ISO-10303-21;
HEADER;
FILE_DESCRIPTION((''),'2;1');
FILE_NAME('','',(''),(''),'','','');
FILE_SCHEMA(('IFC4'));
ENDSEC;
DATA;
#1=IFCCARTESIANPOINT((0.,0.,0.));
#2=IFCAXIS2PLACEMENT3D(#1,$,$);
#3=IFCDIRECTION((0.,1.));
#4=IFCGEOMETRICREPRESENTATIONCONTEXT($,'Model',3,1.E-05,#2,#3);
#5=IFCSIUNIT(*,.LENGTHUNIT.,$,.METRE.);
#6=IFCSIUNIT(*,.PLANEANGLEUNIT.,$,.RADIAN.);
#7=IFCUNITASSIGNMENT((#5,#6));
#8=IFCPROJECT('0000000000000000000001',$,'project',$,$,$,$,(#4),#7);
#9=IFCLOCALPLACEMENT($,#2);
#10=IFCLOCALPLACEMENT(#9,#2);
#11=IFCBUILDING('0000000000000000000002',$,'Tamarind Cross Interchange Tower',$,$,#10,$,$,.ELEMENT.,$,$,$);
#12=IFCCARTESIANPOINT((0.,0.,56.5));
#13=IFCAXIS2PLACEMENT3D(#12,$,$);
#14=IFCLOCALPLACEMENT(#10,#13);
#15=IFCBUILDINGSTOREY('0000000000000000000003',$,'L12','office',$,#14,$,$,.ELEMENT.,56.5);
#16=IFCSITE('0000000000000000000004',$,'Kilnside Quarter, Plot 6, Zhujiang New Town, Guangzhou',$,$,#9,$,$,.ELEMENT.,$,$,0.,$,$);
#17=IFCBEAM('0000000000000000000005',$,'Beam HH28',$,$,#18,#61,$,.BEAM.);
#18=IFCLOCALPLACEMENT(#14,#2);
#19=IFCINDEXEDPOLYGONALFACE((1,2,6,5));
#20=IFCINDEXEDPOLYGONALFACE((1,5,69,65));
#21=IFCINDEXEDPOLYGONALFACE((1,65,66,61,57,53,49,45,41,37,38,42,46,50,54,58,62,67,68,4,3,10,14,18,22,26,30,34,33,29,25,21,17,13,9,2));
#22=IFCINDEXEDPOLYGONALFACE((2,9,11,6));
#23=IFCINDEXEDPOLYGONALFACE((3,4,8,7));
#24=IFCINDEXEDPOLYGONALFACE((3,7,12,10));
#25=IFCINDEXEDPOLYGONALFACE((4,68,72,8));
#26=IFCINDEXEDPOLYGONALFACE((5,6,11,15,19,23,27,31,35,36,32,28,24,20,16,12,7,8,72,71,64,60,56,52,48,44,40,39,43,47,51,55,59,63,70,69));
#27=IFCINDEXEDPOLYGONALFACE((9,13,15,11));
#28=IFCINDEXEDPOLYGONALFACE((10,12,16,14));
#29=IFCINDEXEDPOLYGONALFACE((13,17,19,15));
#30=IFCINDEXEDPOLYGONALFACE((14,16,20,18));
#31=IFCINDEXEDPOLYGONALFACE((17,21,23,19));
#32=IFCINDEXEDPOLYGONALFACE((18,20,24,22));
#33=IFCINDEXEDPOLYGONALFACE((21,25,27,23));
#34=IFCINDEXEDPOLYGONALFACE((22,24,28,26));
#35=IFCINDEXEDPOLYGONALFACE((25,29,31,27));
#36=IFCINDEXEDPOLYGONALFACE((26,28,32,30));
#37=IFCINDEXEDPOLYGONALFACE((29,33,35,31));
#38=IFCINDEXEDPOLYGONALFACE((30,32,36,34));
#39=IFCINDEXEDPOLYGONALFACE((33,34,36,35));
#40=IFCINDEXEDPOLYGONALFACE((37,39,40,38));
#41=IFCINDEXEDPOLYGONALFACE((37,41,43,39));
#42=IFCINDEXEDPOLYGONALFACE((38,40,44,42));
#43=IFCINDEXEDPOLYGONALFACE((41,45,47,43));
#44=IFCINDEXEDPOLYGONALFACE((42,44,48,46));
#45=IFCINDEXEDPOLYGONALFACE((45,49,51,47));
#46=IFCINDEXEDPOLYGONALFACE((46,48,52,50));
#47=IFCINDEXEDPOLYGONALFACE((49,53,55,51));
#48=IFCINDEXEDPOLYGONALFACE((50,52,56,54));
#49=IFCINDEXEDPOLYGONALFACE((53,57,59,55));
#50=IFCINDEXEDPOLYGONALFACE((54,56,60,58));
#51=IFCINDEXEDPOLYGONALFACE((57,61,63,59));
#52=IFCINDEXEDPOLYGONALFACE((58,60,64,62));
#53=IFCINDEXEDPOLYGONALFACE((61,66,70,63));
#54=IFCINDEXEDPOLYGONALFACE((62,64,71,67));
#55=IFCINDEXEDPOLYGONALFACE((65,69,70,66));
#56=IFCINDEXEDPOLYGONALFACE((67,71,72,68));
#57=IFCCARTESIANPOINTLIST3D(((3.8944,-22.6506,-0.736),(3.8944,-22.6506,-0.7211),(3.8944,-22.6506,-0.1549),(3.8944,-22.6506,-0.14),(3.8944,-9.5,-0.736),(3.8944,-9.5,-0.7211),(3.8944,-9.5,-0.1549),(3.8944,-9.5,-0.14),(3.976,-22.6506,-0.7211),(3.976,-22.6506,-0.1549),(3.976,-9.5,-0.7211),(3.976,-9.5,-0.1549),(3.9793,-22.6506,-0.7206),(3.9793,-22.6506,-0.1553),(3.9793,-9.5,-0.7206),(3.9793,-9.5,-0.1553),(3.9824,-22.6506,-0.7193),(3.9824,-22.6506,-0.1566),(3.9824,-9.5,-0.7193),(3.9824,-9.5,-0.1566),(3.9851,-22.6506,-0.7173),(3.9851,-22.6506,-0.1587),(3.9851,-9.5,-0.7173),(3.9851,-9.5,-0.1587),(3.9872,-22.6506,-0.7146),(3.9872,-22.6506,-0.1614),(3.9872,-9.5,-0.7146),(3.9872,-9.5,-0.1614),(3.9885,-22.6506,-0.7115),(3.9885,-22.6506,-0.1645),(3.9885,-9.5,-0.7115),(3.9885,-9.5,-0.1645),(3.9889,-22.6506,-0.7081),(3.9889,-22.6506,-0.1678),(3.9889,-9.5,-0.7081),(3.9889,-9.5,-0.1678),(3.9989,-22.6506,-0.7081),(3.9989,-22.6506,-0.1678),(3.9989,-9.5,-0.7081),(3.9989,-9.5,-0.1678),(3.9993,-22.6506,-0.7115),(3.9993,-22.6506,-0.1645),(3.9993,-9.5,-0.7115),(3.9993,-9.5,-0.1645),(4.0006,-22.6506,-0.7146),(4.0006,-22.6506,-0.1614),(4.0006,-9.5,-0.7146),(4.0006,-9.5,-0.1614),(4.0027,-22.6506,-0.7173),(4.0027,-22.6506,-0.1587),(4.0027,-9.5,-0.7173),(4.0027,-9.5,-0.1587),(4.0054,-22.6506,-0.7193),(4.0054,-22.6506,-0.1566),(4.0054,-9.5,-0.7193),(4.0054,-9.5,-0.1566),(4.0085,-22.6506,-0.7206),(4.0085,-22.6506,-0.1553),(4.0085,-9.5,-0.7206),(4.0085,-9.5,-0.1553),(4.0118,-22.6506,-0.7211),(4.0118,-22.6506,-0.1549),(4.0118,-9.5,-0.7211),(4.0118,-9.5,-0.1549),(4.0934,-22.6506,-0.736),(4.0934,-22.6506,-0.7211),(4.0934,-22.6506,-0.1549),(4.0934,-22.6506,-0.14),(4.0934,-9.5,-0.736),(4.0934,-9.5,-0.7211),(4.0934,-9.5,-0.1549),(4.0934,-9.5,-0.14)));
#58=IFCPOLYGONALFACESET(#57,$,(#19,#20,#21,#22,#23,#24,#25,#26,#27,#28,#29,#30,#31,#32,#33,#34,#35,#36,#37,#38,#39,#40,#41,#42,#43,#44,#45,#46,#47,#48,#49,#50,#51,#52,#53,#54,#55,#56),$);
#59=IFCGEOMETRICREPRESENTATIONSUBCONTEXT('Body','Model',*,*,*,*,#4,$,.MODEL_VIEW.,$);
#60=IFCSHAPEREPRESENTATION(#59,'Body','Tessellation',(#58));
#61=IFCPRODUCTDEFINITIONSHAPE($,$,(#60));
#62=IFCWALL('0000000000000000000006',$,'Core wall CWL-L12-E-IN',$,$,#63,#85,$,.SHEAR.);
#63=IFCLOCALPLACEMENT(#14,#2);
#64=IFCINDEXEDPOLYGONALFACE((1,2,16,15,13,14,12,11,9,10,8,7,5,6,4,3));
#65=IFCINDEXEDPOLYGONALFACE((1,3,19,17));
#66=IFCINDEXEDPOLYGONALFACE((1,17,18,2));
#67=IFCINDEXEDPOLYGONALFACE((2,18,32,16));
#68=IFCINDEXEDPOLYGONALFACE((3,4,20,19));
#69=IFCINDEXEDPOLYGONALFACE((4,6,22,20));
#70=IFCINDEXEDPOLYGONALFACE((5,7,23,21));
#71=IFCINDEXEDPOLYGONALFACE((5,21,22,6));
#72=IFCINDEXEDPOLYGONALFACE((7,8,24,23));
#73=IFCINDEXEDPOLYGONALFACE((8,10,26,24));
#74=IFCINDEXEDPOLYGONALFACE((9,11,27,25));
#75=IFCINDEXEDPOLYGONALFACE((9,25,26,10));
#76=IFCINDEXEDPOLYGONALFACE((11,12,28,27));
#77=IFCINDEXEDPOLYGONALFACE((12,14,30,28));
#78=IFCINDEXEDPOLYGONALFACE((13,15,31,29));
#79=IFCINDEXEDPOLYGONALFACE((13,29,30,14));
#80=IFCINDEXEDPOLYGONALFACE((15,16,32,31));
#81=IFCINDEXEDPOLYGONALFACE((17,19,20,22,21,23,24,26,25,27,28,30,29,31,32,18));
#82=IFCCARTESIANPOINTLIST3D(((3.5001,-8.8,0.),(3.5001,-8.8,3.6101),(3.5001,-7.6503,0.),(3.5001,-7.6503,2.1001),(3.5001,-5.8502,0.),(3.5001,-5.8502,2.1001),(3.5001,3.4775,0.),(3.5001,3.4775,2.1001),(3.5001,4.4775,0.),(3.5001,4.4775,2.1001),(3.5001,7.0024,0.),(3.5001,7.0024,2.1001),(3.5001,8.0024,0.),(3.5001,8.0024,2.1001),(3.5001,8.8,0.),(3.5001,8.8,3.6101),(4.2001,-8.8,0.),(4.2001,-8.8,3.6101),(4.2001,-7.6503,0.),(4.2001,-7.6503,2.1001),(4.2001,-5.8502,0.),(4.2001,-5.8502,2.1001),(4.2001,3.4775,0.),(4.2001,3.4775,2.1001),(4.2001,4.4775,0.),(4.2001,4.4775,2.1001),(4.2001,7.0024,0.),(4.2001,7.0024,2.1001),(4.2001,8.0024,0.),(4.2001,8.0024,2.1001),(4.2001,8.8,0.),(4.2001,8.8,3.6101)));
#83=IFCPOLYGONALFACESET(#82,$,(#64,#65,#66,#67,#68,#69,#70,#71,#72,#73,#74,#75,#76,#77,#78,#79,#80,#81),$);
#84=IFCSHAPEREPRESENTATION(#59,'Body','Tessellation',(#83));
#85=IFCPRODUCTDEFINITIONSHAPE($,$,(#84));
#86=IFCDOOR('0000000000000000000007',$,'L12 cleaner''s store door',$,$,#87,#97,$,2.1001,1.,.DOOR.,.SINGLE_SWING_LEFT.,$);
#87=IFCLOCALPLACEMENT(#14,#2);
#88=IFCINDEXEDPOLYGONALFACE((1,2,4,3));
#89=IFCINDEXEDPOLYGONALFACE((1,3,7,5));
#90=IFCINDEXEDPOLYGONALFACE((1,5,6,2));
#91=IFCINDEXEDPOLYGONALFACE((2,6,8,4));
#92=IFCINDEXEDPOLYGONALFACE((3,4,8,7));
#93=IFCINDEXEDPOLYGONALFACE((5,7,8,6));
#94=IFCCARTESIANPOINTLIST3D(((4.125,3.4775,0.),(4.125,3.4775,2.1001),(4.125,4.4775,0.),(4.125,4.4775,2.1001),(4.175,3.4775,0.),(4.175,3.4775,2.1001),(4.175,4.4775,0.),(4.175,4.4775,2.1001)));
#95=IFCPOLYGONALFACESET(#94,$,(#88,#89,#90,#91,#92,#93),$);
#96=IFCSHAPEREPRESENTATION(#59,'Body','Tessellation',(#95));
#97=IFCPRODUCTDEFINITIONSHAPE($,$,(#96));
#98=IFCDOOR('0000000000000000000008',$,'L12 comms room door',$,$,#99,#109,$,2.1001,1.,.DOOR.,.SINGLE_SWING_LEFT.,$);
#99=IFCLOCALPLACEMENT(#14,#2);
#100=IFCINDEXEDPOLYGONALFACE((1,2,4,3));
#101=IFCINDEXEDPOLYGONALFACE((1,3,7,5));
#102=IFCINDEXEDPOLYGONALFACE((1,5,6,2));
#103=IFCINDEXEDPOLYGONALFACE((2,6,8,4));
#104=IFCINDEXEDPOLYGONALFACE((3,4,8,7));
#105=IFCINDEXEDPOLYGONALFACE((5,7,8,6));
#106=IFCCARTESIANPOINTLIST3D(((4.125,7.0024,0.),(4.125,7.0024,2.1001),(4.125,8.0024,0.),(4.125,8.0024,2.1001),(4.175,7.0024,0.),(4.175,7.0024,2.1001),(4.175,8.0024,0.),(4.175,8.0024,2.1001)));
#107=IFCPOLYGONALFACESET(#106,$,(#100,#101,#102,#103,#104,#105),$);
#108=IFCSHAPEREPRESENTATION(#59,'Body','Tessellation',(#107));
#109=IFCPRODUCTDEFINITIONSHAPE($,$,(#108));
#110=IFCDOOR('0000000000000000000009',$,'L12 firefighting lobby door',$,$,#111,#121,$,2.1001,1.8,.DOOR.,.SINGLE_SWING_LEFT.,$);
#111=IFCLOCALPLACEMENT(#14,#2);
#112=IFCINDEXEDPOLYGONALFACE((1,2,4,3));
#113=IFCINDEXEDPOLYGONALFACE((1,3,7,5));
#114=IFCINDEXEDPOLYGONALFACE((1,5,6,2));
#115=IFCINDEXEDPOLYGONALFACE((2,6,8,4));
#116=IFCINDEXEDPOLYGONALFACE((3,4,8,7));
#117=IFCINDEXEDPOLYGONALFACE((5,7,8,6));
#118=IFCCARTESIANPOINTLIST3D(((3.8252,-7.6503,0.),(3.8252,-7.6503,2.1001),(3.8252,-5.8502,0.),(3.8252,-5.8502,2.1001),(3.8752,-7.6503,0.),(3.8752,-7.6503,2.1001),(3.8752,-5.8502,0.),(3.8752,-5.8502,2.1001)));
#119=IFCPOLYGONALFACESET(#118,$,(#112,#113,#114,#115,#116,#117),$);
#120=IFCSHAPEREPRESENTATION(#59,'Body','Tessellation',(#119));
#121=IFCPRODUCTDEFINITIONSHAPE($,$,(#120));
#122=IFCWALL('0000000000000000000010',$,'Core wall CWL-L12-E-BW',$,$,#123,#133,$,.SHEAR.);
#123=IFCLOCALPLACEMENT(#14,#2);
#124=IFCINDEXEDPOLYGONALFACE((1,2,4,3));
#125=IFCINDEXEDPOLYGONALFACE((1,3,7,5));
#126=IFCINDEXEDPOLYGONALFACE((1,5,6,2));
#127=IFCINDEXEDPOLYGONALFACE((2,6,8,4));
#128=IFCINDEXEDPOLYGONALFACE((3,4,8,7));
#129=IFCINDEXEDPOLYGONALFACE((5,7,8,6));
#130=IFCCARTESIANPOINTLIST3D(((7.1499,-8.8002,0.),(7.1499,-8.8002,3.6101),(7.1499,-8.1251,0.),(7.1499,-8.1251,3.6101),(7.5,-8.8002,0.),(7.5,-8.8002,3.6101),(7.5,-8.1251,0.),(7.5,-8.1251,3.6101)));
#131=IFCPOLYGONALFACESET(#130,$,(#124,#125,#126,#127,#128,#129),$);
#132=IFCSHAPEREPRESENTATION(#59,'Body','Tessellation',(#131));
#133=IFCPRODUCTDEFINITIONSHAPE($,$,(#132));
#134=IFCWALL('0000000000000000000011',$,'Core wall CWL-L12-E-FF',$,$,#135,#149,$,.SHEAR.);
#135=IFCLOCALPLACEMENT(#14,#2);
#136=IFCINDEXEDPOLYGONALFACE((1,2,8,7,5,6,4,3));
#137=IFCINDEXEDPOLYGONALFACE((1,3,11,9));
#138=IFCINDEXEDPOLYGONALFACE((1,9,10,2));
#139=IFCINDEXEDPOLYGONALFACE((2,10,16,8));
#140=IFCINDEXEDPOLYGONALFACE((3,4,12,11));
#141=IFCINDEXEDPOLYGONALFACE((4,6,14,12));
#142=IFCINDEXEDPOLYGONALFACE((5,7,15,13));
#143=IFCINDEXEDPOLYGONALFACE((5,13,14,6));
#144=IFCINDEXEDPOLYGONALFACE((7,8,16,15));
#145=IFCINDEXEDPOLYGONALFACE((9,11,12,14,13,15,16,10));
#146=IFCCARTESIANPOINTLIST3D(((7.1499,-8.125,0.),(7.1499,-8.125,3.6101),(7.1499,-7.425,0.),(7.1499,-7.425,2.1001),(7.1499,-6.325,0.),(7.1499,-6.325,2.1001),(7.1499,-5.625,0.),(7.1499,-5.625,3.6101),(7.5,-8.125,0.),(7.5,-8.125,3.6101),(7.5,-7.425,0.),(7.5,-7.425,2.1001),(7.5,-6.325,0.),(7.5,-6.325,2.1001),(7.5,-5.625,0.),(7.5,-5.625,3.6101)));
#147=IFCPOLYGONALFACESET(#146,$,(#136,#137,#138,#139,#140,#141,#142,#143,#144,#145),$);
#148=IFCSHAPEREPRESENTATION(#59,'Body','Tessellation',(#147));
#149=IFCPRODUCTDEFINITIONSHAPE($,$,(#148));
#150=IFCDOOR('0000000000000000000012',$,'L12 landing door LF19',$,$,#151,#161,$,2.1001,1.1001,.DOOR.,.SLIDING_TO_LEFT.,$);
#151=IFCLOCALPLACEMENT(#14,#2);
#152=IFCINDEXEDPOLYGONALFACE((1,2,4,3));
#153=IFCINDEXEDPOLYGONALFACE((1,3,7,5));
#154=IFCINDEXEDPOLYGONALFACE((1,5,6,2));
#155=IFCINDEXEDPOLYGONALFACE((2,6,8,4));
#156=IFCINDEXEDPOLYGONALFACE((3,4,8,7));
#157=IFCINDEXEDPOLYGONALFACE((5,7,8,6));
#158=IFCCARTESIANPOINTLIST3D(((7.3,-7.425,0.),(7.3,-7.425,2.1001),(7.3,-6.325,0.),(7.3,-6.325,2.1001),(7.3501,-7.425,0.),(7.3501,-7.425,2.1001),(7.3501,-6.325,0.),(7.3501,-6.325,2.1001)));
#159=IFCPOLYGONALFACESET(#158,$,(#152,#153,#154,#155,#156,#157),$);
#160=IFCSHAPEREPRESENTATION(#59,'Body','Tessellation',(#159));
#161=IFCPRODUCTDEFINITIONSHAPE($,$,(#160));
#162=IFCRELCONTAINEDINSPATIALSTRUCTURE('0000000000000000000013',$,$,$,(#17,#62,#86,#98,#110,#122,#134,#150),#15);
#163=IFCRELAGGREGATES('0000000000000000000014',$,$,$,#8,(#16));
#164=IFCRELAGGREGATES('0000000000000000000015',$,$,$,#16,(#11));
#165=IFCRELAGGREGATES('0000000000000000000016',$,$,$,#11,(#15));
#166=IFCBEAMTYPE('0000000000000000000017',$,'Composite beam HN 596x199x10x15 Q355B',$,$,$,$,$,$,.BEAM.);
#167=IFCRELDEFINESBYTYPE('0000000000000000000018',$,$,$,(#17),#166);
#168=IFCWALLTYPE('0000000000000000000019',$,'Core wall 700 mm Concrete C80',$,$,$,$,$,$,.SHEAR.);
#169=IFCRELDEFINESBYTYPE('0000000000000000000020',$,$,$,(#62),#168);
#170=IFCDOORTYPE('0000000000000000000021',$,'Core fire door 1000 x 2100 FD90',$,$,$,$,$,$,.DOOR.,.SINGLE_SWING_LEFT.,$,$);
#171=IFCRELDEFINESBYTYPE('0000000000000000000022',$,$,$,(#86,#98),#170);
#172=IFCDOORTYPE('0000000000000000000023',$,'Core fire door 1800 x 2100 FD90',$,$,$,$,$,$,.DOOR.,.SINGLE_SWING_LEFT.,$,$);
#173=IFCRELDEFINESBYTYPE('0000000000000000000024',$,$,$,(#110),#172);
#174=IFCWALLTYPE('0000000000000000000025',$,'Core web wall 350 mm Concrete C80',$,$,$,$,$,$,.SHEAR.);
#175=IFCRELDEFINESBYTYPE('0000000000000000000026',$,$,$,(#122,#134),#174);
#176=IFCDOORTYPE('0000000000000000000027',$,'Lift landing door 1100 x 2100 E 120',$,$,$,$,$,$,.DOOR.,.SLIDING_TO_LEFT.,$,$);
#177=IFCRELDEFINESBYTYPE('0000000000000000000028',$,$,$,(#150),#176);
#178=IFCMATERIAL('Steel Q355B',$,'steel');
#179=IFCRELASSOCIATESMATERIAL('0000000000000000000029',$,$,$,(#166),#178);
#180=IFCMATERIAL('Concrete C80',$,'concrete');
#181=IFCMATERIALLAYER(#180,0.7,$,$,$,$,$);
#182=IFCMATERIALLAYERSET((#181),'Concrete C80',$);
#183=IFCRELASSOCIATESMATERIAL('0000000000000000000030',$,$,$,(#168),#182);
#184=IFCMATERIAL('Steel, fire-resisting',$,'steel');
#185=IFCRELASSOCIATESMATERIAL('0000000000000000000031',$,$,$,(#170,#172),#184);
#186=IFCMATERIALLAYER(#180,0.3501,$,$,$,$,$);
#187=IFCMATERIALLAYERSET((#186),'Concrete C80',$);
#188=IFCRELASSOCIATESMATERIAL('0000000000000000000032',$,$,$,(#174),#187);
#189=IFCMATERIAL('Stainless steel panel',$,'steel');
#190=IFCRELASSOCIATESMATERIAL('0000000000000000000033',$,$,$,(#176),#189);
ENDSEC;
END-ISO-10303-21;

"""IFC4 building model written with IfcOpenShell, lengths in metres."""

from ifc_helpers import new_model, si_unit, direction, frame, frame_2d, origin, origin_2d, place, context, subcontext, project, spatial, rectangle, i_section, extrude, material, layer, layer_set, material_profile, profile_set, type_object, element, fill, save


model = new_model("IFC4")

# Units and contexts
model_context = context("Model", 3, precision=1e-05, world=origin(), true_north=direction((0.0, 1.0)))
body_context = subcontext(model_context, "Body", "Model", "MODEL_VIEW")
ifc_project = project(units=[si_unit("LENGTHUNIT", "METRE"), si_unit("PLANEANGLEUNIT", "RADIAN")], contexts=[model_context])

# Site, building, storey
site_placement = place(None, origin())
site = spatial("IfcSite", under=ifc_project, at=site_placement, Name="Kilnside Quarter, Plot 6, Zhujiang New Town, Guangzhou", CompositionType="ELEMENT", RefElevation=0.0)
building_placement = place(site_placement, origin())
building = spatial("IfcBuilding", under=site, at=building_placement, Name="Tamarind Cross Interchange Tower", CompositionType="ELEMENT")
storey_placement = place(building_placement, frame((0.0, 0.0, 56.5)))
storey = spatial("IfcBuildingStorey", under=building, at=storey_placement, Name="L12", Description="office", CompositionType="ELEMENT", Elevation=56.5)

# Beam
ifc_material_1 = material(Name="Steel Q355B", Category="steel")
ifc_material_profile = material_profile(ifc_material_1, i_section(OverallWidth=0.199, OverallDepth=0.5959, WebThickness=0.01, FlangeThickness=0.0149, FilletRadius=0.0129, at=origin_2d()), Name="HN 596x199x10x15")
ifc_profile_set = profile_set([ifc_material_profile], Name="Steel Q355B")
beam_type = type_object("IfcBeamType", Name="Composite beam HN 596x199x10x15 Q355B", PredefinedType="BEAM", material=ifc_profile_set)
beam_placement = place(storey_placement, frame((3.9939, -22.6506, -0.438), z_axis=(0.0, 1.0, 0.0), x_axis=(-1.0, 0.0, 0.0)))
element("IfcBeam", 1, at=beam_placement, inside=storey, type_object=beam_type, Name="Beam HH28", PredefinedType="BEAM", context=body_context, shape_type="SweptSolid", body=[
    extrude(i_section(OverallWidth=0.199, OverallDepth=0.5959, WebThickness=0.01, FlangeThickness=0.0149, FilletRadius=0.0129, at=origin_2d()), origin(), (0.0, 0.0, 1.0), 13.1506),
])

# Wall, openings, doors
ifc_material_2 = material(Name="Concrete C80", Category="concrete")
ifc_layer_1 = layer(ifc_material_2, 0.7)
ifc_layer_set_1 = layer_set([ifc_layer_1], Name="Concrete C80")
wall_type_1 = type_object("IfcWallType", Name="Core wall 700 mm Concrete C80", PredefinedType="SHEAR", material=ifc_layer_set_1)
wall_1_placement = place(storey_placement, frame((3.8501, -8.8, 0.0), z_axis=(0.0, 0.0, 1.0), x_axis=(0.0, 1.0, 0.0)))
wall_1 = element("IfcWall", 2, at=wall_1_placement, inside=storey, type_object=wall_type_1, Name="Core wall CWL-L12-E-IN", PredefinedType="SHEAR", context=body_context, shape_type="SweptSolid", body=[
    extrude(rectangle(XDim=17.6001, YDim=0.7, at=frame_2d((8.8, 0.0))), origin(), (0.0, 0.0, 1.0), 3.6101),
])
opening_1_placement = place(wall_1_placement, frame((1.1499, 0.0, 0.0)))
opening_1 = element("IfcOpeningElement", 3, at=opening_1_placement, cuts=wall_1, PredefinedType="OPENING", context=body_context, shape_type="SweptSolid", body=[
    extrude(rectangle(XDim=1.8, YDim=2.1001, at=frame_2d((0.8999, 1.05))), frame((0.0, 0.3599, 0.0), z_axis=(0.0, -1.0, 0.0), x_axis=(1.0, 0.0, 0.0)), (0.0, 0.0, 1.0), 0.72),
])
opening_2_placement = place(wall_1_placement, frame((12.2776, 0.0, 0.0)))
opening_2 = element("IfcOpeningElement", 4, at=opening_2_placement, cuts=wall_1, PredefinedType="OPENING", context=body_context, shape_type="SweptSolid", body=[
    extrude(rectangle(XDim=1.0, YDim=2.1001, at=frame_2d((0.5, 1.05))), frame((0.0, 0.3599, 0.0), z_axis=(0.0, -1.0, 0.0), x_axis=(1.0, 0.0, 0.0)), (0.0, 0.0, 1.0), 0.72),
])
opening_3_placement = place(wall_1_placement, frame((15.8025, 0.0, 0.0)))
opening_3 = element("IfcOpeningElement", 5, at=opening_3_placement, cuts=wall_1, PredefinedType="OPENING", context=body_context, shape_type="SweptSolid", body=[
    extrude(rectangle(XDim=1.0, YDim=2.1001, at=frame_2d((0.5, 1.05))), frame((0.0, 0.3599, 0.0), z_axis=(0.0, -1.0, 0.0), x_axis=(1.0, 0.0, 0.0)), (0.0, 0.0, 1.0), 0.72),
])
ifc_material_3 = material(Name="Steel, fire-resisting", Category="steel")
door_type_1 = type_object("IfcDoorType", Name="Core fire door 1000 x 2100 FD90", OperationType="SINGLE_SWING_LEFT", PredefinedType="DOOR", material=ifc_material_3)
door_1_placement = place(opening_2_placement, origin())
door_1 = element("IfcDoor", 6, at=door_1_placement, inside=storey, type_object=door_type_1, Name="L12 cleaner's store door", OperationType="SINGLE_SWING_LEFT", OverallHeight=2.1001, OverallWidth=1.0, PredefinedType="DOOR", context=body_context, shape_type="SweptSolid", body=[
    extrude(rectangle(XDim=1.0, YDim=2.1001, at=frame_2d((0.5, 1.05))), frame((0.0, -0.2749, 0.0), z_axis=(0.0, -1.0, 0.0), x_axis=(1.0, 0.0, 0.0)), (0.0, 0.0, 1.0), 0.05),
])
fill(opening_2, door_1)
door_2_placement = place(opening_3_placement, origin())
door_2 = element("IfcDoor", 7, at=door_2_placement, inside=storey, type_object=door_type_1, Name="L12 comms room door", OperationType="SINGLE_SWING_LEFT", OverallHeight=2.1001, OverallWidth=1.0, PredefinedType="DOOR", context=body_context, shape_type="SweptSolid", body=[
    extrude(rectangle(XDim=1.0, YDim=2.1001, at=frame_2d((0.5, 1.05))), frame((0.0, -0.2749, 0.0), z_axis=(0.0, -1.0, 0.0), x_axis=(1.0, 0.0, 0.0)), (0.0, 0.0, 1.0), 0.05),
])
fill(opening_3, door_2)
door_type_2 = type_object("IfcDoorType", Name="Core fire door 1800 x 2100 FD90", OperationType="SINGLE_SWING_LEFT", PredefinedType="DOOR", material=ifc_material_3)
door_3_placement = place(opening_1_placement, origin())
door_3 = element("IfcDoor", 8, at=door_3_placement, inside=storey, type_object=door_type_2, Name="L12 firefighting lobby door", OperationType="SINGLE_SWING_LEFT", OverallHeight=2.1001, OverallWidth=1.8, PredefinedType="DOOR", context=body_context, shape_type="SweptSolid", body=[
    extrude(rectangle(XDim=1.8, YDim=2.1001, at=frame_2d((0.8999, 1.05))), frame((0.0, 0.0249, 0.0), z_axis=(0.0, -1.0, 0.0), x_axis=(1.0, 0.0, 0.0)), (0.0, 0.0, 1.0), 0.05),
])
fill(opening_1, door_3)

# Wall
ifc_layer_2 = layer(ifc_material_2, 0.3501)
ifc_layer_set_2 = layer_set([ifc_layer_2], Name="Concrete C80")
wall_type_2 = type_object("IfcWallType", Name="Core web wall 350 mm Concrete C80", PredefinedType="SHEAR", material=ifc_layer_set_2)
wall_2_placement = place(storey_placement, frame((7.325, -8.8, 0.0), z_axis=(0.0, 0.0, 1.0), x_axis=(0.0, 1.0, 0.0)))
element("IfcWall", 9, at=wall_2_placement, inside=storey, type_object=wall_type_2, Name="Core wall CWL-L12-E-BW", PredefinedType="SHEAR", context=body_context, shape_type="SweptSolid", body=[
    extrude(rectangle(XDim=0.675, YDim=0.3501, at=frame_2d((0.3374, 0.0))), origin(), (0.0, 0.0, 1.0), 3.6101),
])

# Wall, opening, door
wall_3_placement = place(storey_placement, frame((7.325, -8.125, 0.0), z_axis=(0.0, 0.0, 1.0), x_axis=(0.0, 1.0, 0.0)))
wall_3 = element("IfcWall", 10, at=wall_3_placement, inside=storey, type_object=wall_type_2, Name="Core wall CWL-L12-E-FF", PredefinedType="SHEAR", context=body_context, shape_type="SweptSolid", body=[
    extrude(rectangle(XDim=2.5, YDim=0.3501, at=frame_2d((1.25, 0.0))), origin(), (0.0, 0.0, 1.0), 3.6101),
])
opening_4_placement = place(wall_3_placement, frame((0.7, 0.0, 0.0)))
opening_4 = element("IfcOpeningElement", 11, at=opening_4_placement, cuts=wall_3, PredefinedType="OPENING", context=body_context, shape_type="SweptSolid", body=[
    extrude(rectangle(XDim=1.1001, YDim=2.1001, at=frame_2d((0.55, 1.05))), frame((0.0, 0.1851, 0.0), z_axis=(0.0, -1.0, 0.0), x_axis=(1.0, 0.0, 0.0)), (0.0, 0.0, 1.0), 0.3701),
])
ifc_material_4 = material(Name="Stainless steel panel", Category="steel")
door_type_3 = type_object("IfcDoorType", Name="Lift landing door 1100 x 2100 E 120", OperationType="SLIDING_TO_LEFT", PredefinedType="DOOR", material=ifc_material_4)
door_4_placement = place(opening_4_placement, origin())
door_4 = element("IfcDoor", 12, at=door_4_placement, inside=storey, type_object=door_type_3, Name="L12 landing door LF19", OperationType="SLIDING_TO_LEFT", OverallHeight=2.1001, OverallWidth=1.1001, PredefinedType="DOOR", context=body_context, shape_type="SweptSolid", body=[
    extrude(rectangle(XDim=1.1001, YDim=2.1001, at=frame_2d((0.55, 1.05))), frame((0.0, 0.0249, 0.0), z_axis=(0.0, -1.0, 0.0), x_axis=(1.0, 0.0, 0.0)), (0.0, 0.0, 1.0), 0.05),
])
fill(opening_4, door_4)

save(model, "model.ifc")
